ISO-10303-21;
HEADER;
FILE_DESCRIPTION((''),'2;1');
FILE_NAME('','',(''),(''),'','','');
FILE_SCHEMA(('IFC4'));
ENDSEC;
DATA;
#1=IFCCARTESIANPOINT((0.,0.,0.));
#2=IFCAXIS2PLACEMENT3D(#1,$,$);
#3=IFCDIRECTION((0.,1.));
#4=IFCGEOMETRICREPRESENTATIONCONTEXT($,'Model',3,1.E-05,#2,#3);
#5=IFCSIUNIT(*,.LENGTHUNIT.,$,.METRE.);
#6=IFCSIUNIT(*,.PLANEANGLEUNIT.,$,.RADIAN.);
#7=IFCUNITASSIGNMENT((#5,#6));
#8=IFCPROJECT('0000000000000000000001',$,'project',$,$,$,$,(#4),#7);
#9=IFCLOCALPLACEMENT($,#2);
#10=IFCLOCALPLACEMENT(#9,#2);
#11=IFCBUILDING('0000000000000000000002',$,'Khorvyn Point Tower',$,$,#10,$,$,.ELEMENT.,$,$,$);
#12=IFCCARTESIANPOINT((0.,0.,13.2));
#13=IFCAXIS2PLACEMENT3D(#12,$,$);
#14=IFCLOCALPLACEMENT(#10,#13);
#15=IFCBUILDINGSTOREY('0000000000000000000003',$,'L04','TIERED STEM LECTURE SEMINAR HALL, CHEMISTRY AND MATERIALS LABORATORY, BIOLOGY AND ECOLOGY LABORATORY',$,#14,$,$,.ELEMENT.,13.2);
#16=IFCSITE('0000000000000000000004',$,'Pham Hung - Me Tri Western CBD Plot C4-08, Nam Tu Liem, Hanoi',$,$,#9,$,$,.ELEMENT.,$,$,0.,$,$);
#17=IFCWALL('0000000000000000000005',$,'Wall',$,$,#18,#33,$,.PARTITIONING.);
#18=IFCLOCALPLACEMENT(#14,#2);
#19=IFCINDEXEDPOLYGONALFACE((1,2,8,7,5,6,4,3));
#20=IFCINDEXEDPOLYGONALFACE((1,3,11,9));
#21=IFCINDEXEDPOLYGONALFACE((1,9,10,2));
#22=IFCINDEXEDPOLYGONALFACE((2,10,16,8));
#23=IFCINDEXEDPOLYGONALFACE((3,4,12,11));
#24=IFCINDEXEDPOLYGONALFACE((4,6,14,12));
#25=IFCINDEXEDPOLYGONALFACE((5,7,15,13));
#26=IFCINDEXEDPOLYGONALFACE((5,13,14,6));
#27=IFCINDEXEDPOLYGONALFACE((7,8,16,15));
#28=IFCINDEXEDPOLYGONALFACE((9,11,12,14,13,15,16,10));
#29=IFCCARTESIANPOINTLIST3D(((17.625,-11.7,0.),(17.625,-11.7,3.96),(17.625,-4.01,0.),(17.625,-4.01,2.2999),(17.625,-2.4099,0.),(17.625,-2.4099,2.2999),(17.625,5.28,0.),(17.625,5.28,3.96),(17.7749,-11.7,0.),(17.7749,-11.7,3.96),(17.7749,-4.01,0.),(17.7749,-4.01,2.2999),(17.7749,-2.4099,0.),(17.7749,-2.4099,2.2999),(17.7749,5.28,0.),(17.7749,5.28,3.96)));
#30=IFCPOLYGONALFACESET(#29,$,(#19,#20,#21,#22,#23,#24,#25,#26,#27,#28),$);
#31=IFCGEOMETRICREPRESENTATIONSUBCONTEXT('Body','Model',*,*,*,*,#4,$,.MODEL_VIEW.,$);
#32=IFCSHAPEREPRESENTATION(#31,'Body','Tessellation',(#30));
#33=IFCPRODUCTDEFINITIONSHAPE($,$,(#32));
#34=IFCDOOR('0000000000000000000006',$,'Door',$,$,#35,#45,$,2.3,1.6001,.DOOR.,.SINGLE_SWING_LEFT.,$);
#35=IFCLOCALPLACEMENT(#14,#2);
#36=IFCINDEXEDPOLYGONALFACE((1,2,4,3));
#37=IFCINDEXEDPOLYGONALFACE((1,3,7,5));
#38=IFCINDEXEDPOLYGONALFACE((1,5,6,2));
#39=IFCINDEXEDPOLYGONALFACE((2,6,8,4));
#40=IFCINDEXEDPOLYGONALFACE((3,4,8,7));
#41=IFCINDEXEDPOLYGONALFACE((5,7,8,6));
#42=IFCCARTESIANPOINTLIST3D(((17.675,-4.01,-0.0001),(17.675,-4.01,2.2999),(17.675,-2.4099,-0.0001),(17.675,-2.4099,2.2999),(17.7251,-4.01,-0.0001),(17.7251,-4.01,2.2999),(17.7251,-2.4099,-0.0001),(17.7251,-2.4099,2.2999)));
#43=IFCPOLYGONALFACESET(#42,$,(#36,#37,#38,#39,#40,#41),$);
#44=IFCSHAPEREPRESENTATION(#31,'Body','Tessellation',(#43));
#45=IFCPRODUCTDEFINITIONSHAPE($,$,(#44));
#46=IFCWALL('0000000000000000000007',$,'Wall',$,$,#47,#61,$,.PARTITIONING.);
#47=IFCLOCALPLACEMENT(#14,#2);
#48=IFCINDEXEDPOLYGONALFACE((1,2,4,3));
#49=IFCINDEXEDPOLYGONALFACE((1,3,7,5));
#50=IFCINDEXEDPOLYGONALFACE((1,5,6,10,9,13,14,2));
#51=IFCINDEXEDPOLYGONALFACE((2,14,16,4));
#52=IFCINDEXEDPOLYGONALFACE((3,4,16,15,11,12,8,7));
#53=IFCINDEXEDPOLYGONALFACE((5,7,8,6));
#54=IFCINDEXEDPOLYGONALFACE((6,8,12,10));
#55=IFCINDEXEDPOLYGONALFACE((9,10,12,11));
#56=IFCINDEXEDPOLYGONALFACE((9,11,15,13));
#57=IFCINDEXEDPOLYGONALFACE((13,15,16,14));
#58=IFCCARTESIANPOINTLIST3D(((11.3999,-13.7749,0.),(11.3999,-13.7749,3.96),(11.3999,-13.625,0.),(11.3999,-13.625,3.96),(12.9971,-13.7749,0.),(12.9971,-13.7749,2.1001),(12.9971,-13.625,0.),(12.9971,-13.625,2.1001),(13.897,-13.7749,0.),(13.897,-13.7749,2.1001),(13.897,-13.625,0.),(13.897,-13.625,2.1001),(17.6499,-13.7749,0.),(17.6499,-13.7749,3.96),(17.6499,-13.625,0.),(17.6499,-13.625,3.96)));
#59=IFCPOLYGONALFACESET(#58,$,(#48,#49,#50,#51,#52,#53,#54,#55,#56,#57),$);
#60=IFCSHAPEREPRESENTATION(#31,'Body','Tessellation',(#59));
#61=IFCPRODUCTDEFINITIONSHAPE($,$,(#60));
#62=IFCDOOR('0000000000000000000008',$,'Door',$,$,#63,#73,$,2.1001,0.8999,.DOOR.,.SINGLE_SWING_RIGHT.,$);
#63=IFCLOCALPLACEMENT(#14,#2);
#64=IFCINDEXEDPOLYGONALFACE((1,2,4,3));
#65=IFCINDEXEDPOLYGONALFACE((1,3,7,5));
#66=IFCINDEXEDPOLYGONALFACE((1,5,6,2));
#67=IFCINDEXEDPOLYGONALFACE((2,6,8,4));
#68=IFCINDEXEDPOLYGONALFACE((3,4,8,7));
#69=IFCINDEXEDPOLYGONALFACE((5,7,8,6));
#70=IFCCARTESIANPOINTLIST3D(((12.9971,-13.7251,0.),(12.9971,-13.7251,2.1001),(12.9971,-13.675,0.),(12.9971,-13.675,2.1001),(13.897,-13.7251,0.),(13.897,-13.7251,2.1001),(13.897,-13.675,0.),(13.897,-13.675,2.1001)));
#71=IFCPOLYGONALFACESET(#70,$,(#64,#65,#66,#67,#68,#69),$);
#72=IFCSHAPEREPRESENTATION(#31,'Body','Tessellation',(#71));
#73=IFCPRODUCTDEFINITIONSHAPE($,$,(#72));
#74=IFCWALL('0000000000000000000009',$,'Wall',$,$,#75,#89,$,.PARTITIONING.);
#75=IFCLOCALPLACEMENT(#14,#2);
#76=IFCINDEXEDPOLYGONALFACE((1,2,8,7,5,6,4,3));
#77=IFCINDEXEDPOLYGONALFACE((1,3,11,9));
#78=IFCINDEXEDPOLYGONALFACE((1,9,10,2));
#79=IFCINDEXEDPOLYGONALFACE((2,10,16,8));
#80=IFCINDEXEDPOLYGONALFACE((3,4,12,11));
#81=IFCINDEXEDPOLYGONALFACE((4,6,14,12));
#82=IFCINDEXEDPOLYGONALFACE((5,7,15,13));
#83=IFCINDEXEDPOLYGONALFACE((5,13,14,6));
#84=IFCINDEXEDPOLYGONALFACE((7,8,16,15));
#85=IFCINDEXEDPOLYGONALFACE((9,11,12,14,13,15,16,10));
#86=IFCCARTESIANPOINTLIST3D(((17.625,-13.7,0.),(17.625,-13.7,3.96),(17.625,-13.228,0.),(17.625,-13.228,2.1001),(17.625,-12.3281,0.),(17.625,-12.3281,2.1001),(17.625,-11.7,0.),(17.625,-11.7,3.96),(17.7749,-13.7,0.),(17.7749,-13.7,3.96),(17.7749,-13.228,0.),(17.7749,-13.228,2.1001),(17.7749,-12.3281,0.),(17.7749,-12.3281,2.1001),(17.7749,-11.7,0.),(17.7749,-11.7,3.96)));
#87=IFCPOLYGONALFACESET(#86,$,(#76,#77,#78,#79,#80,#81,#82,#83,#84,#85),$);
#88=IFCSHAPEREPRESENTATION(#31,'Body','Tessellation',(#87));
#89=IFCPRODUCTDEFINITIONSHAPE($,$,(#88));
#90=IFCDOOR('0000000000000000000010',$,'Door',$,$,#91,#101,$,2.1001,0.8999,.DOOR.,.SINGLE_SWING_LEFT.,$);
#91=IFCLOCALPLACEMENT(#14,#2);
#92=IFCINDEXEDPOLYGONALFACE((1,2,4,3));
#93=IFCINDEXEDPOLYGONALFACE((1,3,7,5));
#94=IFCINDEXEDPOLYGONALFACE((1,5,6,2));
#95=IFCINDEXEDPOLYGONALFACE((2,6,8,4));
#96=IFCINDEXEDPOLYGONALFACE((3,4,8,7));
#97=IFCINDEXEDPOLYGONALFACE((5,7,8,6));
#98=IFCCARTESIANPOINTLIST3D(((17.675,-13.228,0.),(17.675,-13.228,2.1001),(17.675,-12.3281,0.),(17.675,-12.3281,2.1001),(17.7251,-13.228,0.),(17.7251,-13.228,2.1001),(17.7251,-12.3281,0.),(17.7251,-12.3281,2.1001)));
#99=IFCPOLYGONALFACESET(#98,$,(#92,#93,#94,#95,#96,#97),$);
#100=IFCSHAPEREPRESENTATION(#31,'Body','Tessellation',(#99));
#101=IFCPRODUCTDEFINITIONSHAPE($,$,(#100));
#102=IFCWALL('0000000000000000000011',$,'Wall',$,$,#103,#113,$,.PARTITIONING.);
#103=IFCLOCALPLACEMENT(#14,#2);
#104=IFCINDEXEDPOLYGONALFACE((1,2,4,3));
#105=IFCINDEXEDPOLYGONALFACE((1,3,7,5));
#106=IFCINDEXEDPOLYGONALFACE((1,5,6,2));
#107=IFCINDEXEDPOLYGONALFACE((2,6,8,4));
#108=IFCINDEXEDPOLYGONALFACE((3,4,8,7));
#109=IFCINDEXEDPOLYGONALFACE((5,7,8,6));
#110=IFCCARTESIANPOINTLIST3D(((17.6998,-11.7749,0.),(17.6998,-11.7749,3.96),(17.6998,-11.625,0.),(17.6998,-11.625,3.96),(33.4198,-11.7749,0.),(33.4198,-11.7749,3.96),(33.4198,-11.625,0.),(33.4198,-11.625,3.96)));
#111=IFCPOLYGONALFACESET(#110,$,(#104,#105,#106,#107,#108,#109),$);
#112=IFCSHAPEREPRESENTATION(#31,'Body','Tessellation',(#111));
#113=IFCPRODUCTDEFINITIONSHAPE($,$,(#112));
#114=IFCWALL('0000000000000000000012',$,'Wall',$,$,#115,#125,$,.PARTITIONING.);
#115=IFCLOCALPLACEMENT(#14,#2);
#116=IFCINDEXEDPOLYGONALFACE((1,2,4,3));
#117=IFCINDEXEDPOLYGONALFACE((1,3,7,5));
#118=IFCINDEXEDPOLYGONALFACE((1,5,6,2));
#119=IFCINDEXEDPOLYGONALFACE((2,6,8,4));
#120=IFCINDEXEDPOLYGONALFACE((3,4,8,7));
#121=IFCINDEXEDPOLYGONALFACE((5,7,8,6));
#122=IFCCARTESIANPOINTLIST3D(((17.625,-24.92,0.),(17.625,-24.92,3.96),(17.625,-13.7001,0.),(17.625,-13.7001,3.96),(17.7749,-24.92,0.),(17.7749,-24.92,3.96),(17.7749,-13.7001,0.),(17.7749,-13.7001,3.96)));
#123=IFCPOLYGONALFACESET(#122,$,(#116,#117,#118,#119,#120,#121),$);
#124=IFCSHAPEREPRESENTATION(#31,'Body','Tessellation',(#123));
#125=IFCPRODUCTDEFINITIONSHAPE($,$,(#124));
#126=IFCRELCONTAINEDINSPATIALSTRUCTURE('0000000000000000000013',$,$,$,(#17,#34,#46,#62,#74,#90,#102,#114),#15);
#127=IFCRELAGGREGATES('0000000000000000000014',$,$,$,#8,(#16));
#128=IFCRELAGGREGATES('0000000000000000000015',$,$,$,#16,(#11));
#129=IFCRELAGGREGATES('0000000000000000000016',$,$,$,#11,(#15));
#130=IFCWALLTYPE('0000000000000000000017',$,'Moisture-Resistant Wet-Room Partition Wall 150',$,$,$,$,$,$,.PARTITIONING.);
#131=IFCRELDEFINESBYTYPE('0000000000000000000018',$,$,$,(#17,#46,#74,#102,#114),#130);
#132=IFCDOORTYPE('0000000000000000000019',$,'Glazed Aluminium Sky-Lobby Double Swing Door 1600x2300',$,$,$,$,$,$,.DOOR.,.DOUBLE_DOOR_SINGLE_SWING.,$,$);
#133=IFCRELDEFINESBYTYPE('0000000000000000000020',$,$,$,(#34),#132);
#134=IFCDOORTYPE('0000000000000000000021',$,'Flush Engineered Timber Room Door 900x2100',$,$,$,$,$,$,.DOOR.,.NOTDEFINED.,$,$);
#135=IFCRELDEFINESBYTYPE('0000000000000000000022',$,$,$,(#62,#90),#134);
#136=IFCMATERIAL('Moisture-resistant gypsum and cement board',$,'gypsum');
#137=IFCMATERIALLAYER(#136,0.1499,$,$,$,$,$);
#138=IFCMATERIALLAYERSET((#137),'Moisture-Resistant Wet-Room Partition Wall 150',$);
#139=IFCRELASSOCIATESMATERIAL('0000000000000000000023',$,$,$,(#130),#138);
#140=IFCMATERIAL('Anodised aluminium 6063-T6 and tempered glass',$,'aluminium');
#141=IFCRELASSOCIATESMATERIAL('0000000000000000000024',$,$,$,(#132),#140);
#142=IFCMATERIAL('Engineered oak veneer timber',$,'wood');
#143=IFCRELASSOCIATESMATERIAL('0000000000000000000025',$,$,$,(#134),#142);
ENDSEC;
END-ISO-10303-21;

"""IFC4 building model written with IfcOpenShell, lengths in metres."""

from ifc_helpers import new_model, si_unit, direction, frame, frame_2d, origin, place, context, subcontext, project, spatial, rectangle, extrude, material, layer, layer_set, type_object, element, fill, save


model = new_model("IFC4")

# Units and contexts
model_context = context("Model", 3, precision=1e-05, world=origin(), true_north=direction((0.0, 1.0)))
body_context = subcontext(model_context, "Body", "Model", "MODEL_VIEW")
ifc_project = project(units=[si_unit("LENGTHUNIT", "METRE"), si_unit("PLANEANGLEUNIT", "RADIAN")], contexts=[model_context])

# Site, building, storey
site_placement = place(None, origin())
site = spatial("IfcSite", under=ifc_project, at=site_placement, Name="Pham Hung - Me Tri Western CBD Plot C4-08, Nam Tu Liem, Hanoi", CompositionType="ELEMENT", RefElevation=0.0)
building_placement = place(site_placement, origin())
building = spatial("IfcBuilding", under=site, at=building_placement, Name="Khorvyn Point Tower", CompositionType="ELEMENT")
storey_placement = place(building_placement, frame((0.0, 0.0, 13.2)))
storey = spatial("IfcBuildingStorey", under=building, at=storey_placement, Name="L04", Description="TIERED STEM LECTURE SEMINAR HALL, CHEMISTRY AND MATERIALS LABORATORY, BIOLOGY AND ECOLOGY LABORATORY", CompositionType="ELEMENT", Elevation=13.2)

# Walls, openings, doors
ifc_material_1 = material(Name="Moisture-resistant gypsum and cement board", Category="gypsum")
ifc_layer = layer(ifc_material_1, 0.1499)
ifc_layer_set = layer_set([ifc_layer], Name="Moisture-Resistant Wet-Room Partition Wall 150")
wall_type = type_object("IfcWallType", Name="Moisture-Resistant Wet-Room Partition Wall 150", PredefinedType="PARTITIONING", material=ifc_layer_set)
wall_1_placement = place(storey_placement, frame((17.7, -11.7, 0.0), z_axis=(0.0, 0.0, 1.0), x_axis=(0.0, 1.0, 0.0)))
wall_1 = element("IfcWall", 1, at=wall_1_placement, inside=storey, type_object=wall_type, Name="Wall", PredefinedType="PARTITIONING", context=body_context, shape_type="SweptSolid", body=[
    extrude(rectangle(XDim=16.98, YDim=0.1499, at=frame_2d((8.49, 0.0))), origin(), (0.0, 0.0, 1.0), 3.96),
])
opening_1_placement = place(wall_1_placement, frame((7.6899, 0.0, 0.0)))
opening_1 = element("IfcOpeningElement", 2, at=opening_1_placement, cuts=wall_1, PredefinedType="OPENING", context=body_context, shape_type="SweptSolid", body=[
    extrude(rectangle(XDim=1.6001, YDim=2.3, at=frame_2d((0.8, 1.1499))), frame((0.0, 0.085, 0.0), z_axis=(0.0, -1.0, 0.0), x_axis=(1.0, 0.0, 0.0)), (0.0, 0.0, 1.0), 0.1699),
])
ifc_material_2 = material(Name="Anodised aluminium 6063-T6 and tempered glass", Category="aluminium")
door_type_1 = type_object("IfcDoorType", Name="Glazed Aluminium Sky-Lobby Double Swing Door 1600x2300", OperationType="DOUBLE_DOOR_SINGLE_SWING", PredefinedType="DOOR", material=ifc_material_2)
door_1_placement = place(opening_1_placement, origin())
door_1 = element("IfcDoor", 3, at=door_1_placement, inside=storey, type_object=door_type_1, Name="Door", OperationType="SINGLE_SWING_LEFT", OverallHeight=2.3, OverallWidth=1.6001, PredefinedType="DOOR", context=body_context, shape_type="SweptSolid", body=[
    extrude(rectangle(XDim=1.6001, YDim=2.3, at=frame_2d((0.8, 1.1499))), frame((0.0, 0.0249, 0.0), z_axis=(0.0, -1.0, 0.0), x_axis=(1.0, 0.0, 0.0)), (0.0, 0.0, 1.0), 0.05),
])
fill(opening_1, door_1)
wall_2_placement = place(storey_placement, frame((11.3999, -13.7, 0.0), z_axis=(0.0, 0.0, 1.0), x_axis=(1.0, 0.0, 0.0)))
wall_2 = element("IfcWall", 4, at=wall_2_placement, inside=storey, type_object=wall_type, Name="Wall", PredefinedType="PARTITIONING", context=body_context, shape_type="SweptSolid", body=[
    extrude(rectangle(XDim=6.25, YDim=0.1499, at=frame_2d((3.125, 0.0))), origin(), (0.0, 0.0, 1.0), 3.96),
])
opening_2_placement = place(wall_2_placement, frame((1.5972, 0.0, 0.0)))
opening_2 = element("IfcOpeningElement", 5, at=opening_2_placement, cuts=wall_2, PredefinedType="OPENING", context=body_context, shape_type="SweptSolid", body=[
    extrude(rectangle(XDim=0.8999, YDim=2.1001, at=frame_2d((0.45, 1.05))), frame((0.0, 0.085, 0.0), z_axis=(0.0, -1.0, 0.0), x_axis=(1.0, 0.0, 0.0)), (0.0, 0.0, 1.0), 0.1699),
])
ifc_material_3 = material(Name="Engineered oak veneer timber", Category="wood")
door_type_2 = type_object("IfcDoorType", Name="Flush Engineered Timber Room Door 900x2100", OperationType="NOTDEFINED", PredefinedType="DOOR", material=ifc_material_3)
door_2_placement = place(opening_2_placement, origin())
door_2 = element("IfcDoor", 6, at=door_2_placement, inside=storey, type_object=door_type_2, Name="Door", OperationType="SINGLE_SWING_RIGHT", OverallHeight=2.1001, OverallWidth=0.8999, PredefinedType="DOOR", context=body_context, shape_type="SweptSolid", body=[
    extrude(rectangle(XDim=0.8999, YDim=2.1001, at=frame_2d((0.45, 1.05))), frame((0.0, 0.0249, 0.0), z_axis=(0.0, -1.0, 0.0), x_axis=(1.0, 0.0, 0.0)), (0.0, 0.0, 1.0), 0.05),
])
fill(opening_2, door_2)
wall_3_placement = place(storey_placement, frame((17.7, -13.7, 0.0), z_axis=(0.0, 0.0, 1.0), x_axis=(0.0, 1.0, 0.0)))
wall_3 = element("IfcWall", 7, at=wall_3_placement, inside=storey, type_object=wall_type, Name="Wall", PredefinedType="PARTITIONING", context=body_context, shape_type="SweptSolid", body=[
    extrude(rectangle(XDim=2.0, YDim=0.1499, at=frame_2d((1.0, 0.0))), origin(), (0.0, 0.0, 1.0), 3.96),
])
opening_3_placement = place(wall_3_placement, frame((0.4719, 0.0, 0.0)))
opening_3 = element("IfcOpeningElement", 8, at=opening_3_placement, cuts=wall_3, PredefinedType="OPENING", context=body_context, shape_type="SweptSolid", body=[
    extrude(rectangle(XDim=0.8999, YDim=2.1001, at=frame_2d((0.45, 1.05))), frame((0.0, 0.085, 0.0), z_axis=(0.0, -1.0, 0.0), x_axis=(1.0, 0.0, 0.0)), (0.0, 0.0, 1.0), 0.1699),
])
door_3_placement = place(opening_3_placement, origin())
door_3 = element("IfcDoor", 9, at=door_3_placement, inside=storey, type_object=door_type_2, Name="Door", OperationType="SINGLE_SWING_LEFT", OverallHeight=2.1001, OverallWidth=0.8999, PredefinedType="DOOR", context=body_context, shape_type="SweptSolid", body=[
    extrude(rectangle(XDim=0.8999, YDim=2.1001, at=frame_2d((0.45, 1.05))), frame((0.0, 0.0249, 0.0), z_axis=(0.0, -1.0, 0.0), x_axis=(1.0, 0.0, 0.0)), (0.0, 0.0, 1.0), 0.05),
])
fill(opening_3, door_3)

# Walls
wall_4_placement = place(storey_placement, frame((17.7, -11.7, 0.0), z_axis=(0.0, 0.0, 1.0), x_axis=(1.0, 0.0, 0.0)))
element("IfcWall", 10, at=wall_4_placement, inside=storey, type_object=wall_type, Name="Wall", PredefinedType="PARTITIONING", context=body_context, shape_type="SweptSolid", body=[
    extrude(rectangle(XDim=15.72, YDim=0.1499, at=frame_2d((7.8599, 0.0))), origin(), (0.0, 0.0, 1.0), 3.96),
])
wall_5_placement = place(storey_placement, frame((17.7, -24.9199, 0.0), z_axis=(0.0, 0.0, 1.0), x_axis=(0.0, 1.0, 0.0)))
element("IfcWall", 11, at=wall_5_placement, inside=storey, type_object=wall_type, Name="Wall", PredefinedType="PARTITIONING", context=body_context, shape_type="SweptSolid", body=[
    extrude(rectangle(XDim=11.22, YDim=0.1499, at=frame_2d((5.6099, 0.0))), origin(), (0.0, 0.0, 1.0), 3.96),
])

save(model, "model.ifc")
